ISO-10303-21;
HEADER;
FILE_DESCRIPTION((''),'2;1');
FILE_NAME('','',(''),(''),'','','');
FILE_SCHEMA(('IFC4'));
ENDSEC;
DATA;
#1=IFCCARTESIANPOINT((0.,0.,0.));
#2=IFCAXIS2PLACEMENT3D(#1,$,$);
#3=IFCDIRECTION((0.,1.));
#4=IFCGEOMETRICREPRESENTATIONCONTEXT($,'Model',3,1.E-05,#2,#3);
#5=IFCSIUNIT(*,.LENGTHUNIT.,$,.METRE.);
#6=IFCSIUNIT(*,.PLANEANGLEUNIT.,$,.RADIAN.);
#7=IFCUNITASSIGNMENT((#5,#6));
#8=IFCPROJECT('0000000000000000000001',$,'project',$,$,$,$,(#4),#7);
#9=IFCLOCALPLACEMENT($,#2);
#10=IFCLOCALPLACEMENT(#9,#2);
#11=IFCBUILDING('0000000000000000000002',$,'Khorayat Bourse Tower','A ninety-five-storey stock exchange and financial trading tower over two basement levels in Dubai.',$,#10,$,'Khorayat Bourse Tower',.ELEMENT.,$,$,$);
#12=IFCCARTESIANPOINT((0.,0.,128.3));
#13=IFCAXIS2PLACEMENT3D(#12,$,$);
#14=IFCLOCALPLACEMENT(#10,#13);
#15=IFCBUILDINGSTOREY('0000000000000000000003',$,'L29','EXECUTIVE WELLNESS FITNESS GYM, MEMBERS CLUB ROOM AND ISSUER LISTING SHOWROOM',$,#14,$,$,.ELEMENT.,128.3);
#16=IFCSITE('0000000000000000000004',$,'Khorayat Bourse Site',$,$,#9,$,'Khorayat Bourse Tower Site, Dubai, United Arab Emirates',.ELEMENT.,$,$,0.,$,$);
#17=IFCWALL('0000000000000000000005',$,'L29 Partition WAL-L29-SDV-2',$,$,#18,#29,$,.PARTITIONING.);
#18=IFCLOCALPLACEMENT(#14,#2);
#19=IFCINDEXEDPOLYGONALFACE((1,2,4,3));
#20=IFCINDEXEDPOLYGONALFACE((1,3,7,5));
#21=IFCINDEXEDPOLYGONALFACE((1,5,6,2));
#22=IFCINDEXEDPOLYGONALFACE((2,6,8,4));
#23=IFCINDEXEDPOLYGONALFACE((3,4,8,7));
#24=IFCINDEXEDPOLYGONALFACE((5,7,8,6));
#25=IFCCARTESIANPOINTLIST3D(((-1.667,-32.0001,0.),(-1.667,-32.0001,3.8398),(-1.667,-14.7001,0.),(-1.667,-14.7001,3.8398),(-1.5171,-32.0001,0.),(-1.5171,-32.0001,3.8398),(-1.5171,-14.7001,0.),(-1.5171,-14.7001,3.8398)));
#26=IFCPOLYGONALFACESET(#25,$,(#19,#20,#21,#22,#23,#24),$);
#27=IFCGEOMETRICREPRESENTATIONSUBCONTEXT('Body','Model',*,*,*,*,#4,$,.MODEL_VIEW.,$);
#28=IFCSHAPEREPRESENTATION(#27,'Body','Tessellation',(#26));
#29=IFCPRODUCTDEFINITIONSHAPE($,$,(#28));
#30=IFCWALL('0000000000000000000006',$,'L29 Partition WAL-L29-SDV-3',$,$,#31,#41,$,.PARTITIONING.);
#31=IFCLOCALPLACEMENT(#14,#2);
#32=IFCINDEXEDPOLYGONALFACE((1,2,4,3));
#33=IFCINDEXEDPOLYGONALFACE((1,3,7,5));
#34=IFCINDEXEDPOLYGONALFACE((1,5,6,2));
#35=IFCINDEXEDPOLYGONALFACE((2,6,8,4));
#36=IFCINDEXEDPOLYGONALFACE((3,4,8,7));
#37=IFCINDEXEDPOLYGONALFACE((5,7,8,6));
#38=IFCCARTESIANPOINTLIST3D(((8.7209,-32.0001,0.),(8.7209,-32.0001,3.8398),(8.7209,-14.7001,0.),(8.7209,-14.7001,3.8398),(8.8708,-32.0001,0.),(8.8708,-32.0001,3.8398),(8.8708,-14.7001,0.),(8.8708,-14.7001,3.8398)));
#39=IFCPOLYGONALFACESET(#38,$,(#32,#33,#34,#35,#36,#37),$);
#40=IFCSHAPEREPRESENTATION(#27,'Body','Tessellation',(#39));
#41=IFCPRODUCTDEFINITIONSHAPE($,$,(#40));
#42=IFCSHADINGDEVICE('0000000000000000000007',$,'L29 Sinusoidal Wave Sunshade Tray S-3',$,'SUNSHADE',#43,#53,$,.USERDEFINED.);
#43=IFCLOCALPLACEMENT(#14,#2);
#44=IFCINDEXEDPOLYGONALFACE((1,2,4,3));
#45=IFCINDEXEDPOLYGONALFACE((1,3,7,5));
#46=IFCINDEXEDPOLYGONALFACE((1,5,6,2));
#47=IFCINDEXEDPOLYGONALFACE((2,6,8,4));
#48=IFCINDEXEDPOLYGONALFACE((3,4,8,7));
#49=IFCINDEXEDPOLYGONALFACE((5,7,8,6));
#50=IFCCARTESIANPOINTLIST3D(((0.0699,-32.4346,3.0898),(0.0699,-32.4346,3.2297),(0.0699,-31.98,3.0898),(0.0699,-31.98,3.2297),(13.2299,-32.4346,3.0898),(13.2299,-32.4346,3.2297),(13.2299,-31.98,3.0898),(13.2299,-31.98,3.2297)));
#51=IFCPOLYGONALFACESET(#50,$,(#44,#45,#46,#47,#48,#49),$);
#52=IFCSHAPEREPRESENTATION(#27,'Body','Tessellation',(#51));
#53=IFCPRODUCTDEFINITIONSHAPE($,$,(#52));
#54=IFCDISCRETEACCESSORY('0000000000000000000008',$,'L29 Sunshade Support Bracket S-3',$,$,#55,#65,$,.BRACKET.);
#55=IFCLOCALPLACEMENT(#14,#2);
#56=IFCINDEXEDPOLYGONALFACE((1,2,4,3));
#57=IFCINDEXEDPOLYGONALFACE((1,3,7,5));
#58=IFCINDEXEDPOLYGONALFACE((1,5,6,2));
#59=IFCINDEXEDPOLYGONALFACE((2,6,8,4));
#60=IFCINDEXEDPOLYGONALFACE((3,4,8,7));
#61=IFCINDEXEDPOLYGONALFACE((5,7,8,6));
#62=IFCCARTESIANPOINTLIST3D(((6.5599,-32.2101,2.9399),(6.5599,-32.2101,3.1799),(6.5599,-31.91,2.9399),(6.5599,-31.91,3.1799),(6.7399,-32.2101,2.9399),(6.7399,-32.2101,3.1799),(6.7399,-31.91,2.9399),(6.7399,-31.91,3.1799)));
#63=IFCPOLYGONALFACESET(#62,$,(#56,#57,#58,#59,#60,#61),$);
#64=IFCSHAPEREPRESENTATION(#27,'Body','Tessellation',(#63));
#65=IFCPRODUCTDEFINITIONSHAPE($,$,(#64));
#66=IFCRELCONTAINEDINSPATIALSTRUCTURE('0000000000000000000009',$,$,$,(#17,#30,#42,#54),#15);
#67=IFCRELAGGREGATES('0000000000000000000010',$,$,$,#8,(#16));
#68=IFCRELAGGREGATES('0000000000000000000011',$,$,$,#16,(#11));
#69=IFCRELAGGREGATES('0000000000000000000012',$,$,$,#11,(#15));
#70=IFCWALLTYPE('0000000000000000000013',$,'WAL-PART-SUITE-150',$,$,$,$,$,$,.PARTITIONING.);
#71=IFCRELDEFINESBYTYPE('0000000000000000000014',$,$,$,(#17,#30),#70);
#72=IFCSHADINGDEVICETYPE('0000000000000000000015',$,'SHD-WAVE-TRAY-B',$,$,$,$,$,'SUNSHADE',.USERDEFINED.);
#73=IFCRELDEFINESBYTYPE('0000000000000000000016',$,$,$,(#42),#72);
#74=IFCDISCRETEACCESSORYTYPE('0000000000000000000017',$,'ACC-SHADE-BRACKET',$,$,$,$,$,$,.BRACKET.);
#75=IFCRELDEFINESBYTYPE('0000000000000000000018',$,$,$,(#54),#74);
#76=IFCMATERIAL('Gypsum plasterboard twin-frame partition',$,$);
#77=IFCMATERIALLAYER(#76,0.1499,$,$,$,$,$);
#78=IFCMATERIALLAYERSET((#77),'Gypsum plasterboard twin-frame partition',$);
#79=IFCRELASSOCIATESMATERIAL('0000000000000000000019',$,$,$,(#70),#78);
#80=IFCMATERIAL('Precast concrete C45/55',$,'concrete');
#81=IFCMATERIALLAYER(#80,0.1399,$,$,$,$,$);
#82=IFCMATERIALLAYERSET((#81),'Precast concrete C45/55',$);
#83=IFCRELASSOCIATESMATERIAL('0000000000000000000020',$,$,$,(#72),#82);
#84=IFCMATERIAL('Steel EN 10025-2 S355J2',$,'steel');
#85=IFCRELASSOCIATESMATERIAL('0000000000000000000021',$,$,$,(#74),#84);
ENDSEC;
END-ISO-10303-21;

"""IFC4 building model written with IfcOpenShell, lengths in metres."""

from ifc_helpers import new_model, si_unit, direction, frame, frame_2d, origin, origin_2d, place, context, subcontext, project, spatial, rectangle, extrude, source, transform, mapped, material, layer, layer_set, type_object, element, save


model = new_model("IFC4")

# Units and contexts
model_context = context("Model", 3, precision=1e-05, world=origin(), true_north=direction((0.0, 1.0)))
body_context = subcontext(model_context, "Body", "Model", "MODEL_VIEW")
ifc_project = project(units=[si_unit("LENGTHUNIT", "METRE"), si_unit("PLANEANGLEUNIT", "RADIAN")], contexts=[model_context])

# Site, building, storey
site_placement = place(None, origin())
site = spatial("IfcSite", under=ifc_project, at=site_placement, Name="Khorayat Bourse Site", LongName="Khorayat Bourse Tower Site, Dubai, United Arab Emirates", CompositionType="ELEMENT", RefElevation=0.0)
building_placement = place(site_placement, origin())
building = spatial("IfcBuilding", under=site, at=building_placement, Name="Khorayat Bourse Tower", Description="A ninety-five-storey stock exchange and financial trading tower over two basement levels in Dubai.", LongName="Khorayat Bourse Tower", CompositionType="ELEMENT")
storey_placement = place(building_placement, frame((0.0, 0.0, 128.3)))
storey = spatial("IfcBuildingStorey", under=building, at=storey_placement, Name="L29", Description="EXECUTIVE WELLNESS FITNESS GYM, MEMBERS CLUB ROOM AND ISSUER LISTING SHOWROOM", CompositionType="ELEMENT", Elevation=128.3)

# Shared definitions
ifc_material_1 = material(Name="Steel EN 10025-2 S355J2", Category="steel")

# Walls
ifc_material_2 = material(Name="Gypsum plasterboard twin-frame partition")
ifc_layer_1 = layer(ifc_material_2, 0.1499)
ifc_layer_set_1 = layer_set([ifc_layer_1], Name="Gypsum plasterboard twin-frame partition")
wall_type_1 = type_object("IfcWallType", Name="WAL-PART-SUITE-150", PredefinedType="PARTITIONING", material=ifc_layer_set_1)
shared_shape_1 = source(origin(), body_context, "Body", "SweptSolid", [
    extrude(rectangle(XDim=17.3, YDim=0.1499, at=frame_2d((8.6499, 0.0))), origin(), (0.0, 0.0, 1.0), 3.8398),
])
for number, where, z_axis, x_axis, name in (
    (1, (-1.592, -32.0, 0.0), (0.0, 0.0, 1.0), (0.0, 1.0, 0.0), "L29 Partition WAL-L29-SDV-2"),
    (2, (8.7959, -32.0, 0.0), (0.0, 0.0, 1.0), (0.0, 1.0, 0.0), "L29 Partition WAL-L29-SDV-3"),
):
    element("IfcWall", number, at=place(storey_placement, frame(where, z_axis=z_axis, x_axis=x_axis)), inside=storey, type_object=wall_type_1, Name=name, PredefinedType="PARTITIONING", context=body_context, shape_type="MappedRepresentation", body=[
        mapped(shared_shape_1, transform((0.0, 0.0, 0.0), scale=1.0)),
    ])

# Shading device
ifc_material_3 = material(Name="Precast concrete C45/55", Category="concrete")
ifc_layer_2 = layer(ifc_material_3, 0.1399)
ifc_layer_set_2 = layer_set([ifc_layer_2], Name="Precast concrete C45/55")
shading_device_type = type_object("IfcShadingDeviceType", Name="SHD-WAVE-TRAY-B", ElementType="SUNSHADE", PredefinedType="USERDEFINED", material=ifc_layer_set_2)
shared_shape_2 = source(origin(), body_context, "Body", "SweptSolid", [
    extrude(rectangle(XDim=13.1599, YDim=0.4546, at=origin_2d()), origin(), (0.0, 0.0, 1.0), 0.1399),
])
shading_device_placement = place(storey_placement, frame((6.6499, -32.2073, 3.0898), z_axis=(0.0, 0.0, 1.0), x_axis=(1.0, 0.0, 0.0)))
element("IfcShadingDevice", 3, at=shading_device_placement, inside=storey, type_object=shading_device_type, Name="L29 Sinusoidal Wave Sunshade Tray S-3", ObjectType="SUNSHADE", PredefinedType="USERDEFINED", context=body_context, shape_type="MappedRepresentation", body=[
    mapped(shared_shape_2, transform((0.0, 0.0, 0.0), scale=1.0)),
])

# Discrete accessory
discrete_accessory_type = type_object("IfcDiscreteAccessoryType", Name="ACC-SHADE-BRACKET", PredefinedType="BRACKET", material=ifc_material_1)
shared_shape_3 = source(origin(), body_context, "Body", "SweptSolid", [
    extrude(rectangle(XDim=0.1799, YDim=0.3, at=origin_2d()), origin(), (0.0, 0.0, 1.0), 0.24),
])
discrete_accessory_placement = place(storey_placement, frame((6.6499, -32.0601, 2.9399), z_axis=(0.0, 0.0, 1.0), x_axis=(1.0, 0.0, 0.0)))
element("IfcDiscreteAccessory", 4, at=discrete_accessory_placement, inside=storey, type_object=discrete_accessory_type, Name="L29 Sunshade Support Bracket S-3", PredefinedType="BRACKET", context=body_context, shape_type="MappedRepresentation", body=[
    mapped(shared_shape_3, transform((0.0, 0.0, 0.0), scale=1.0)),
])

save(model, "model.ifc")
